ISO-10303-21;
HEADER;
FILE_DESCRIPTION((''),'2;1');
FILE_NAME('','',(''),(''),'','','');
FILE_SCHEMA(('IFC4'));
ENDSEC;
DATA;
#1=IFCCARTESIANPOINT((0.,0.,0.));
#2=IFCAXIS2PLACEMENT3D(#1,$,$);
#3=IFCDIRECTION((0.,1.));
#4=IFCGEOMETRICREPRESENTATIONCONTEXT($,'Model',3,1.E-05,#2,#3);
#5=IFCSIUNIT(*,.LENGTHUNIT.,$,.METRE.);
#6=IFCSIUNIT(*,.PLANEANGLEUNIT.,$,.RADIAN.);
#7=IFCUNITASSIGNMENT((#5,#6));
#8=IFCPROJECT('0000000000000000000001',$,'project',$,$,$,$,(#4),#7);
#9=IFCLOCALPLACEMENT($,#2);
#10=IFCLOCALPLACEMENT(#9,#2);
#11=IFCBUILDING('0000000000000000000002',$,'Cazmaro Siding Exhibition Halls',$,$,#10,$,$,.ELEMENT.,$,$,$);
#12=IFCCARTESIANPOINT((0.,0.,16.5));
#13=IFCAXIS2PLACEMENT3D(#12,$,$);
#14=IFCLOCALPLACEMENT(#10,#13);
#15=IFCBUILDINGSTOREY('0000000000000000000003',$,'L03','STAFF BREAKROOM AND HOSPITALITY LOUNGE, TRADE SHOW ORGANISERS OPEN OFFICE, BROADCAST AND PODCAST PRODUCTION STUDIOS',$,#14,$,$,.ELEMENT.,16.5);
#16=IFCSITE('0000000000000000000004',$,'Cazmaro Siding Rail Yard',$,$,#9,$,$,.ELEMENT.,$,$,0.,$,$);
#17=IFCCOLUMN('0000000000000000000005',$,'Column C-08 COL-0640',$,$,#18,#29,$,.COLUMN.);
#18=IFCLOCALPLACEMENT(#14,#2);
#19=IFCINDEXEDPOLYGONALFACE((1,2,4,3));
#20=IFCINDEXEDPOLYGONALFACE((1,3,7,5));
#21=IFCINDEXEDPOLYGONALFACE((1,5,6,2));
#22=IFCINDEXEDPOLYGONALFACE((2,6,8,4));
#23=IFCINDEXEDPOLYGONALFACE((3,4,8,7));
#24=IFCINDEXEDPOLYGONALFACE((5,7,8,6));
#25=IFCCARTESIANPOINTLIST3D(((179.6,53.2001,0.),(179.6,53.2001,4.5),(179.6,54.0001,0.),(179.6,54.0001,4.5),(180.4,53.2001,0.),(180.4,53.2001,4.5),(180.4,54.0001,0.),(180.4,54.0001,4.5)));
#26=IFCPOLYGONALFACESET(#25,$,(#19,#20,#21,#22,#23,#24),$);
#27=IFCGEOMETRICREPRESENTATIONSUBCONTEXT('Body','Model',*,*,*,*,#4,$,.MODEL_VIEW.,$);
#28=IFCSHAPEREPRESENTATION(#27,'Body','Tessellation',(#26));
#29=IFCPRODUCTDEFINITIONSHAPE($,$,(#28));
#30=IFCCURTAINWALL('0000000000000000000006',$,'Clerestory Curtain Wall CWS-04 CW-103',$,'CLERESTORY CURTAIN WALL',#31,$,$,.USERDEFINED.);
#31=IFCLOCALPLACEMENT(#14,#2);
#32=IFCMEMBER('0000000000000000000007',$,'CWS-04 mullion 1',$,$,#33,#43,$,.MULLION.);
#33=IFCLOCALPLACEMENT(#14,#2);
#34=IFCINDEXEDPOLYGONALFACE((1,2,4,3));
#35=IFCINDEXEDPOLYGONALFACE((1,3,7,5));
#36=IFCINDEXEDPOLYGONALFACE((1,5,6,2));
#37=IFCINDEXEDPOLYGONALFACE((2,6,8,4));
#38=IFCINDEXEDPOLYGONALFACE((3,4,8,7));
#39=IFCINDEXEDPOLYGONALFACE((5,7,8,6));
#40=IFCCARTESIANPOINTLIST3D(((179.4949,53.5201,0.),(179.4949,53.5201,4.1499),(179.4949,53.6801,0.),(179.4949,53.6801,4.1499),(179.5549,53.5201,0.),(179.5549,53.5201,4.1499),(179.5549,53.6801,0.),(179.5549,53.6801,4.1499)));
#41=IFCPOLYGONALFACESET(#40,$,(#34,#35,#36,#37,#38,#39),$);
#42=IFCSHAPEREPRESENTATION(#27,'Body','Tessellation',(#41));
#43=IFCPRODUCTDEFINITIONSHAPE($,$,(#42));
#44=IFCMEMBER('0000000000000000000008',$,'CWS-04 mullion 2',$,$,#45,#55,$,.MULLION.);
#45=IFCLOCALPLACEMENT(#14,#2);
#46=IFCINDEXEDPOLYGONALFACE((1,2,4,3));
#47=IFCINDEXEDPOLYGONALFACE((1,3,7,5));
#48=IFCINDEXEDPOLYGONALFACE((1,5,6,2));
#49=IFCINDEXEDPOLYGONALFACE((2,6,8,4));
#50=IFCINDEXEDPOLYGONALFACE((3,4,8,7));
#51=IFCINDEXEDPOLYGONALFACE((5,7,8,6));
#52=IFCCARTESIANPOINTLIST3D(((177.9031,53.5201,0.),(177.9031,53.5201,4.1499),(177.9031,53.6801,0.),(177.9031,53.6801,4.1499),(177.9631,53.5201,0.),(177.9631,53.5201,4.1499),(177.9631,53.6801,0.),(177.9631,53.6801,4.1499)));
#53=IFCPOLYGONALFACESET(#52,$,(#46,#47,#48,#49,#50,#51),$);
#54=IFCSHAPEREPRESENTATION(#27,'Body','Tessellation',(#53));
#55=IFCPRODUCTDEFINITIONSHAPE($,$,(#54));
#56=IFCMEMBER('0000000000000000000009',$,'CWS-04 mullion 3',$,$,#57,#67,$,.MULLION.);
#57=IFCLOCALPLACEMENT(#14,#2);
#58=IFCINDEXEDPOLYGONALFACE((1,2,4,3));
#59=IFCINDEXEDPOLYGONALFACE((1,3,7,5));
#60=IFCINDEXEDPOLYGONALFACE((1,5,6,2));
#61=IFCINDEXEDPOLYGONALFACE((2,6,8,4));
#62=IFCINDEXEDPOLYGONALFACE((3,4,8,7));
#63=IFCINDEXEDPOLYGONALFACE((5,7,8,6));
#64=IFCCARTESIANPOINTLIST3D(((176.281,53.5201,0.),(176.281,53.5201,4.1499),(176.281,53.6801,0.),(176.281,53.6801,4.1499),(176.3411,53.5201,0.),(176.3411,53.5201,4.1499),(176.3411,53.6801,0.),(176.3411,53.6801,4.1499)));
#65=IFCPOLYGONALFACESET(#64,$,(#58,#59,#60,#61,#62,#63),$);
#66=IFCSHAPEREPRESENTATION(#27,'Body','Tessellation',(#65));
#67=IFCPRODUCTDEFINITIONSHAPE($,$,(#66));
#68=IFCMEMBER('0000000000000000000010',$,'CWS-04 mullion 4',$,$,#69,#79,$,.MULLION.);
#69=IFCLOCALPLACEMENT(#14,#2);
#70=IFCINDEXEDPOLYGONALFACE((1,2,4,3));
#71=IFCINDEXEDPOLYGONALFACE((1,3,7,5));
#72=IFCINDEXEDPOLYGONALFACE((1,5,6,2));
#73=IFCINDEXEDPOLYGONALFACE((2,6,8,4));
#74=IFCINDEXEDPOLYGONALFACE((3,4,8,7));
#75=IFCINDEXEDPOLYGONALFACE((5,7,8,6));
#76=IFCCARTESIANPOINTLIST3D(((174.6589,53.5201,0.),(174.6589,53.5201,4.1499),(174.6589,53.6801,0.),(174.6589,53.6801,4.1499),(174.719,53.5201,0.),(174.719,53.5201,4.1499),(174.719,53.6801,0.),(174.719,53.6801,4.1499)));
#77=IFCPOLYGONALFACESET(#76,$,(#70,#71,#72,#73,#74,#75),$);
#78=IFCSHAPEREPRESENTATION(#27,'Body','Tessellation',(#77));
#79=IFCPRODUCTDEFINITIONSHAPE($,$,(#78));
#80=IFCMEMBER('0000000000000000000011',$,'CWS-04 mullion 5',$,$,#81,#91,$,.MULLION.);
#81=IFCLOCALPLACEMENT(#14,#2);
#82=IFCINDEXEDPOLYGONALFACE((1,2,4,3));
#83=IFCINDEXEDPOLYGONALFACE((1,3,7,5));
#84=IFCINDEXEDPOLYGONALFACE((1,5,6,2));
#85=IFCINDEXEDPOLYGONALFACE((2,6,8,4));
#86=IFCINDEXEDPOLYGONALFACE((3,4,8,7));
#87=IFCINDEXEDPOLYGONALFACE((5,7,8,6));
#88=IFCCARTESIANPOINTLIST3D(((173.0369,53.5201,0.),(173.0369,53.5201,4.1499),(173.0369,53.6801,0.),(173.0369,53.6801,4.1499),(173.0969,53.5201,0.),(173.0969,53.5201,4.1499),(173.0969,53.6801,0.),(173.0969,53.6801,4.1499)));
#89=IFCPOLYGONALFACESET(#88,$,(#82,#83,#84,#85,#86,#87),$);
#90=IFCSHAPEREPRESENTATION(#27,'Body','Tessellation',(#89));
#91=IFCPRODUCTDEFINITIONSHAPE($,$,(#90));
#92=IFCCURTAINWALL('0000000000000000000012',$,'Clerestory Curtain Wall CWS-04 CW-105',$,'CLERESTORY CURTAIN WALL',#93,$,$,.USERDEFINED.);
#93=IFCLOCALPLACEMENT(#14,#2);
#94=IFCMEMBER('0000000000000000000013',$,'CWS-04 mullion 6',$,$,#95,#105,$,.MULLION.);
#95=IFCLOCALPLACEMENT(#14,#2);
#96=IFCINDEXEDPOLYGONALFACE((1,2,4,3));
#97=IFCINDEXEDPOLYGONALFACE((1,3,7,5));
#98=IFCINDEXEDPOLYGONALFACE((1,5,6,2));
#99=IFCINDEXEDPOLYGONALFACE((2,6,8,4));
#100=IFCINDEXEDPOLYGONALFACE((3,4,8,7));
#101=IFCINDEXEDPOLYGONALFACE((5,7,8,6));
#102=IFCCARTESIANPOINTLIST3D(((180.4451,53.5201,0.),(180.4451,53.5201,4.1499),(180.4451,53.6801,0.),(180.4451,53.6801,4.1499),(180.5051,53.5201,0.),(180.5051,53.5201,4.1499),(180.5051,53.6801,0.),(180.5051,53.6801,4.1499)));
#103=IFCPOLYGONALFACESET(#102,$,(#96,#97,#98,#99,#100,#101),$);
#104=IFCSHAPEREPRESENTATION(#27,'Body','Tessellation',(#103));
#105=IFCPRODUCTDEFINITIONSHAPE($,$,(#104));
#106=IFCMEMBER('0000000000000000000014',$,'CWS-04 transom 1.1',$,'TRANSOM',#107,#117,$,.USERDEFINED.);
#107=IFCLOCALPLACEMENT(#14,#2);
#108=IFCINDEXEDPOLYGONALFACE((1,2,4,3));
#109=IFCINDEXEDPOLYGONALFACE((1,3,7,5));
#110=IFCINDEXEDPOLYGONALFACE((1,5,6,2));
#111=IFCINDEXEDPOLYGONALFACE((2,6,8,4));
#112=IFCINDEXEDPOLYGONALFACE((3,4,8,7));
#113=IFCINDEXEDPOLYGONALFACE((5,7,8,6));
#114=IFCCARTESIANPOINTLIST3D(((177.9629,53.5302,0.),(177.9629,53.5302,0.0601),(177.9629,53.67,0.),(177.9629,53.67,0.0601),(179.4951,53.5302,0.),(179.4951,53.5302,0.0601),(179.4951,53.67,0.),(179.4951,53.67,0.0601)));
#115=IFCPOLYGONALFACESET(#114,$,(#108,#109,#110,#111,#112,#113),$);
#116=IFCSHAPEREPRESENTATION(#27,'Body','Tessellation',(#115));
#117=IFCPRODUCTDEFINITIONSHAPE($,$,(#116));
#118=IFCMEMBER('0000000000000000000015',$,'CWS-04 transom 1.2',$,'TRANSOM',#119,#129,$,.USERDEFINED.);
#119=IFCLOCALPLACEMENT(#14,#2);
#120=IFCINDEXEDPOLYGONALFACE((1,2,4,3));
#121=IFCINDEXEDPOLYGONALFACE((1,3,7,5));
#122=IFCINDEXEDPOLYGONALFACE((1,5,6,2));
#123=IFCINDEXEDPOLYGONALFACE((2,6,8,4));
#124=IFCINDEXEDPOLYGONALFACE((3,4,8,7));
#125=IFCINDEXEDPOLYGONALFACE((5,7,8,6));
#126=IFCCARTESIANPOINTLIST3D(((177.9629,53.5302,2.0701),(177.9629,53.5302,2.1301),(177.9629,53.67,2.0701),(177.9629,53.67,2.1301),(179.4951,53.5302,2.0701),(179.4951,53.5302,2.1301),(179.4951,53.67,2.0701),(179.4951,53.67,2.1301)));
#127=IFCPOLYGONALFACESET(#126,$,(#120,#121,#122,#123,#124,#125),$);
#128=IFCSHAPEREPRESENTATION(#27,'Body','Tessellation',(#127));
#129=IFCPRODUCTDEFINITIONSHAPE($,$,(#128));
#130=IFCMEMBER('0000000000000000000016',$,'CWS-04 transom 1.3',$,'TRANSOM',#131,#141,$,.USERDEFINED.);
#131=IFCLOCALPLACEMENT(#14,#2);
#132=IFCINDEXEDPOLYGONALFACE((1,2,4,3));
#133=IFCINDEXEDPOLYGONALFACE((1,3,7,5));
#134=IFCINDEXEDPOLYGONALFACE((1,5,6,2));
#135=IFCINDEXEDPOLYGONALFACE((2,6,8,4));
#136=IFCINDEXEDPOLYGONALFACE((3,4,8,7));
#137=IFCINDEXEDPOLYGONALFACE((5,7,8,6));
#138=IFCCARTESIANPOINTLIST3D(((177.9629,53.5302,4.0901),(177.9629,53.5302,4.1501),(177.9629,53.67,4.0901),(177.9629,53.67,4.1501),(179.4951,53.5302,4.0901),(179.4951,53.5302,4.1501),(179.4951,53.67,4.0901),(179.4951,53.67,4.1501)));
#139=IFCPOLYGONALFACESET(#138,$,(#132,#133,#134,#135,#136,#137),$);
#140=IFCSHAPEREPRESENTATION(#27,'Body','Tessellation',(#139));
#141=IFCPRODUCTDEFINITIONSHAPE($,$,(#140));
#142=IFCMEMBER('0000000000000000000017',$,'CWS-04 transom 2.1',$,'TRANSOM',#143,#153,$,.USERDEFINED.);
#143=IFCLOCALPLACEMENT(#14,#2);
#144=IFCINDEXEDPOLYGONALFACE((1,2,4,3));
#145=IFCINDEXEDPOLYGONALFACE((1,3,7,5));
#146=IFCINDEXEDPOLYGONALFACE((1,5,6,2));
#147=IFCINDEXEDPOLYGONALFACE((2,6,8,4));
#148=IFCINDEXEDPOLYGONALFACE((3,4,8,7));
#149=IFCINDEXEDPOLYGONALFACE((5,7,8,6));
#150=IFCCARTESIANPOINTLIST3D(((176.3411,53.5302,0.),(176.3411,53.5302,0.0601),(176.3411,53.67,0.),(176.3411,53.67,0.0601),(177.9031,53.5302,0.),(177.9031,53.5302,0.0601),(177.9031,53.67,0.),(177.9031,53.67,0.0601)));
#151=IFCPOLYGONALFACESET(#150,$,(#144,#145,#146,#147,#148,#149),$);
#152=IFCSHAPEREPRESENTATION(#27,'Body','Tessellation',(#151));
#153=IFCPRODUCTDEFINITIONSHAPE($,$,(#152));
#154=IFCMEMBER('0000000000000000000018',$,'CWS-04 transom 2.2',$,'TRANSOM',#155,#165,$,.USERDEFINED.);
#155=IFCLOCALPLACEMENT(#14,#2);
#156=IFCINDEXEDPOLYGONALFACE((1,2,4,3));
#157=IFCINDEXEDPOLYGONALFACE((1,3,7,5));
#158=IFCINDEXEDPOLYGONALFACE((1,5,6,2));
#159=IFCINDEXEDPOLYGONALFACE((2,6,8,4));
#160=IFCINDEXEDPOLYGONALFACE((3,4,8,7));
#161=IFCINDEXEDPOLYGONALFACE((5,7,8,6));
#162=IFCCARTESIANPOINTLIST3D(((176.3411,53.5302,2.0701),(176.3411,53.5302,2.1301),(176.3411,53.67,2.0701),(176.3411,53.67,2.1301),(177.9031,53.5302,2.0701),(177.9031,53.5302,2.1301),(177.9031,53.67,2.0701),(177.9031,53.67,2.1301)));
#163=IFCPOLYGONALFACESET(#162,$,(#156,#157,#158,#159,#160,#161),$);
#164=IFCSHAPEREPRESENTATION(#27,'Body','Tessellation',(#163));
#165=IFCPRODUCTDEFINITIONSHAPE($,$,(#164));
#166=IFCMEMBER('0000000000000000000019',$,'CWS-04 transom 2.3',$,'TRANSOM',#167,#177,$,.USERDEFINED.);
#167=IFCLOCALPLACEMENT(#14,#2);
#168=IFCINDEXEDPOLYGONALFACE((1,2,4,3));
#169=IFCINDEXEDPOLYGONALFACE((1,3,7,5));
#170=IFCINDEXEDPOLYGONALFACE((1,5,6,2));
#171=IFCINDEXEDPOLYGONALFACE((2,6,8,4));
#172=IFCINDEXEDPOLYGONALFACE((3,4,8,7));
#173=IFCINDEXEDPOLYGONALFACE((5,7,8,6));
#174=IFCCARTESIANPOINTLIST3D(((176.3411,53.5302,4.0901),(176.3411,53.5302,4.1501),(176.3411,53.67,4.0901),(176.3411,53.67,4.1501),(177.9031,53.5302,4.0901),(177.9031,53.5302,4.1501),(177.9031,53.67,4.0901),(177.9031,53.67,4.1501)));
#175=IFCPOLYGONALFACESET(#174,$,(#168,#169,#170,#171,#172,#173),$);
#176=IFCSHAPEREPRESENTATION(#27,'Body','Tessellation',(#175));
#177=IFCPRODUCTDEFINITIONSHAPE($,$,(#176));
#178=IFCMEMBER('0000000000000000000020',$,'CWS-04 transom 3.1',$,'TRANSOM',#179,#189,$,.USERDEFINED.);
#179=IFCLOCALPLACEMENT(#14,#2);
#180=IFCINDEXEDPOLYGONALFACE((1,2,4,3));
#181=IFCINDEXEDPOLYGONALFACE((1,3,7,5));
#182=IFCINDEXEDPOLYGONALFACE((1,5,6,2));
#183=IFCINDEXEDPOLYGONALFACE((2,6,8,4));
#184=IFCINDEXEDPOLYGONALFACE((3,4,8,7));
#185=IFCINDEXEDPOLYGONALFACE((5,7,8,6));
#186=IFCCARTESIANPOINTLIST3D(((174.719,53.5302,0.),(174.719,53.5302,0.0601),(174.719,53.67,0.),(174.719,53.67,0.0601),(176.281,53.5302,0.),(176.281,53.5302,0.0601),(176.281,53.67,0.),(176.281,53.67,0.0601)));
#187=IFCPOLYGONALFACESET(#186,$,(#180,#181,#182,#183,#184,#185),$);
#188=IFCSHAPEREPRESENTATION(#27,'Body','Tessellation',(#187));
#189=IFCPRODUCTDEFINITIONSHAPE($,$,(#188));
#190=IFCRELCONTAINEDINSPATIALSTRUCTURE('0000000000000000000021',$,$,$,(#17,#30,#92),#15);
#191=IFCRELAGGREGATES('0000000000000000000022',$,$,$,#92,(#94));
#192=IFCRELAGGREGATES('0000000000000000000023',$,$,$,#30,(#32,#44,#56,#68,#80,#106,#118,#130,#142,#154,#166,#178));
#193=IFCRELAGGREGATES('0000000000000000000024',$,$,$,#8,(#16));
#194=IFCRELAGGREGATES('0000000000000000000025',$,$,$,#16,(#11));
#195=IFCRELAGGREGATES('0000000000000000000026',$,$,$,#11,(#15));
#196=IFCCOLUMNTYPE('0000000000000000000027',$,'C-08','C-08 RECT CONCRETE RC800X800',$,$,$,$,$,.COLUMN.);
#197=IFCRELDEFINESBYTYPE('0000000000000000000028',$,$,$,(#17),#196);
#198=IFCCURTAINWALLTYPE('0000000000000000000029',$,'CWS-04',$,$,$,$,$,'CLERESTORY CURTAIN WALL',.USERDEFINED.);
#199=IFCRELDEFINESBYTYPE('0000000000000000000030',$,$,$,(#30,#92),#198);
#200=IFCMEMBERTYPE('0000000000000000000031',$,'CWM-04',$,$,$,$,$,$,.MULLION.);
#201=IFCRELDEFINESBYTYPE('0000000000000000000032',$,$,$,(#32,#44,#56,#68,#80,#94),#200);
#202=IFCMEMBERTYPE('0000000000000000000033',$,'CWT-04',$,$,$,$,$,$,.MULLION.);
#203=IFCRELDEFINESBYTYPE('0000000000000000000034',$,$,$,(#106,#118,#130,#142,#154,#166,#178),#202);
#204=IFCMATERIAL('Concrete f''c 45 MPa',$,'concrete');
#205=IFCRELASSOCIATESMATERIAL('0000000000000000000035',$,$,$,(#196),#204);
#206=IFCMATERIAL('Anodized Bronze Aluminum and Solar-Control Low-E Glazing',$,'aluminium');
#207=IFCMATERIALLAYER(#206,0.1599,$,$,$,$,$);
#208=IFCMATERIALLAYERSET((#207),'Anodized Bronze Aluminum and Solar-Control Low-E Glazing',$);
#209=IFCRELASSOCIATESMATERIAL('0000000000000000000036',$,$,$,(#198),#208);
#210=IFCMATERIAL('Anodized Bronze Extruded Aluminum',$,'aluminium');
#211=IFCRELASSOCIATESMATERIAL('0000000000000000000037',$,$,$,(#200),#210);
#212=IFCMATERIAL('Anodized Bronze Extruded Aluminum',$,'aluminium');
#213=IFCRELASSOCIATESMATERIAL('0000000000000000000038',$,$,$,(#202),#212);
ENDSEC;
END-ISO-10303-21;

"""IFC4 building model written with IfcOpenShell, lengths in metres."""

from ifc_helpers import new_model, si_unit, direction, frame, origin, origin_2d, place, context, subcontext, project, spatial, rectangle, extrude, material, layer, layer_set, material_profile, profile_set, type_object, element, aggregate, save


model = new_model("IFC4")

# Units and contexts
model_context = context("Model", 3, precision=1e-05, world=origin(), true_north=direction((0.0, 1.0)))
body_context = subcontext(model_context, "Body", "Model", "MODEL_VIEW")
ifc_project = project(units=[si_unit("LENGTHUNIT", "METRE"), si_unit("PLANEANGLEUNIT", "RADIAN")], contexts=[model_context])

# Site, building, storey
site_placement = place(None, origin())
site = spatial("IfcSite", under=ifc_project, at=site_placement, Name="Cazmaro Siding Rail Yard", CompositionType="ELEMENT", RefElevation=0.0)
building_placement = place(site_placement, origin())
building = spatial("IfcBuilding", under=site, at=building_placement, Name="Cazmaro Siding Exhibition Halls", CompositionType="ELEMENT")
storey_placement = place(building_placement, frame((0.0, 0.0, 16.5)))
storey = spatial("IfcBuildingStorey", under=building, at=storey_placement, Name="L03", Description="STAFF BREAKROOM AND HOSPITALITY LOUNGE, TRADE SHOW ORGANISERS OPEN OFFICE, BROADCAST AND PODCAST PRODUCTION STUDIOS", CompositionType="ELEMENT", Elevation=16.5)

# Column
ifc_material_1 = material(Name="Concrete f'c 45 MPa", Category="concrete")
ifc_material_profile_1 = material_profile(ifc_material_1, rectangle(XDim=0.8, YDim=0.8, at=origin_2d()), Name="RC800X800")
ifc_profile_set_1 = profile_set([ifc_material_profile_1], Name="Concrete f'c 45 MPa")
column_type = type_object("IfcColumnType", Name="C-08", Description="C-08 RECT CONCRETE RC800X800", PredefinedType="COLUMN", material=ifc_profile_set_1)
column_placement = place(storey_placement, frame((180.0, 53.6001, 0.0), z_axis=(0.0, 0.0, 1.0), x_axis=(1.0, 0.0, 0.0)))
element("IfcColumn", 1, at=column_placement, inside=storey, type_object=column_type, Name="Column C-08 COL-0640", PredefinedType="COLUMN", context=body_context, shape_type="SweptSolid", body=[
    extrude(rectangle(XDim=0.8, YDim=0.8, at=origin_2d()), origin(), (0.0, 0.0, 1.0), 4.5),
])

# Curtain wall, members
ifc_material_2 = material(Name="Anodized Bronze Aluminum and Solar-Control Low-E Glazing", Category="aluminium")
ifc_layer_1 = layer(ifc_material_2, 0.1599)
ifc_layer_set_1 = layer_set([ifc_layer_1], Name="Anodized Bronze Aluminum and Solar-Control Low-E Glazing")
curtain_wall_type = type_object("IfcCurtainWallType", Name="CWS-04", ElementType="CLERESTORY CURTAIN WALL", PredefinedType="USERDEFINED", material=ifc_layer_set_1)
curtain_wall_1_placement = place(storey_placement, origin())
curtain_wall_1 = element("IfcCurtainWall", 2, at=curtain_wall_1_placement, inside=storey, type_object=curtain_wall_type, Name="Clerestory Curtain Wall CWS-04 CW-103", ObjectType="CLERESTORY CURTAIN WALL", PredefinedType="USERDEFINED")
ifc_material_3 = material(Name="Anodized Bronze Extruded Aluminum", Category="aluminium")
ifc_material_profile_2 = material_profile(ifc_material_3, rectangle(XDim=0.1599, YDim=0.0601, at=origin_2d()), Name="CWM-04")
ifc_profile_set_2 = profile_set([ifc_material_profile_2], Name="Anodized Bronze Extruded Aluminum")
member_type_1 = type_object("IfcMemberType", Name="CWM-04", PredefinedType="MULLION", material=ifc_profile_set_2)
member_1_placement = place(storey_placement, frame((179.5249, 53.6001, 0.0), z_axis=(0.0, 0.0, 1.0), x_axis=(0.0, -1.0, 0.0)))
member_1 = element("IfcMember", 3, at=member_1_placement, type_object=member_type_1, Name="CWS-04 mullion 1", PredefinedType="MULLION", context=body_context, shape_type="SweptSolid", body=[
    extrude(rectangle(XDim=0.1599, YDim=0.0601, at=origin_2d()), origin(), (0.0, 0.0, 1.0), 4.1499),
])
member_2_placement = place(storey_placement, frame((177.9331, 53.6001, 0.0), z_axis=(0.0, 0.0, 1.0), x_axis=(0.0, -1.0, 0.0)))
member_2 = element("IfcMember", 4, at=member_2_placement, type_object=member_type_1, Name="CWS-04 mullion 2", PredefinedType="MULLION", context=body_context, shape_type="SweptSolid", body=[
    extrude(rectangle(XDim=0.1599, YDim=0.0601, at=origin_2d()), origin(), (0.0, 0.0, 1.0), 4.1499),
])
member_3_placement = place(storey_placement, frame((176.311, 53.6001, 0.0), z_axis=(0.0, 0.0, 1.0), x_axis=(0.0, -1.0, 0.0)))
member_3 = element("IfcMember", 5, at=member_3_placement, type_object=member_type_1, Name="CWS-04 mullion 3", PredefinedType="MULLION", context=body_context, shape_type="SweptSolid", body=[
    extrude(rectangle(XDim=0.1599, YDim=0.0601, at=origin_2d()), origin(), (0.0, 0.0, 1.0), 4.1499),
])
member_4_placement = place(storey_placement, frame((174.689, 53.6001, 0.0), z_axis=(0.0, 0.0, 1.0), x_axis=(0.0, -1.0, 0.0)))
member_4 = element("IfcMember", 6, at=member_4_placement, type_object=member_type_1, Name="CWS-04 mullion 4", PredefinedType="MULLION", context=body_context, shape_type="SweptSolid", body=[
    extrude(rectangle(XDim=0.1599, YDim=0.0601, at=origin_2d()), origin(), (0.0, 0.0, 1.0), 4.1499),
])
member_5_placement = place(storey_placement, frame((173.0669, 53.6001, 0.0), z_axis=(0.0, 0.0, 1.0), x_axis=(0.0, -1.0, 0.0)))
member_5 = element("IfcMember", 7, at=member_5_placement, type_object=member_type_1, Name="CWS-04 mullion 5", PredefinedType="MULLION", context=body_context, shape_type="SweptSolid", body=[
    extrude(rectangle(XDim=0.1599, YDim=0.0601, at=origin_2d()), origin(), (0.0, 0.0, 1.0), 4.1499),
])

# Curtain wall, member
curtain_wall_2_placement = place(storey_placement, origin())
curtain_wall_2 = element("IfcCurtainWall", 8, at=curtain_wall_2_placement, inside=storey, type_object=curtain_wall_type, Name="Clerestory Curtain Wall CWS-04 CW-105", ObjectType="CLERESTORY CURTAIN WALL", PredefinedType="USERDEFINED")
member_6_placement = place(storey_placement, frame((180.4751, 53.6001, 0.0), z_axis=(0.0, 0.0, 1.0), x_axis=(0.0, -1.0, 0.0)))
member_6 = element("IfcMember", 9, at=member_6_placement, type_object=member_type_1, Name="CWS-04 mullion 6", PredefinedType="MULLION", context=body_context, shape_type="SweptSolid", body=[
    extrude(rectangle(XDim=0.1599, YDim=0.0601, at=origin_2d()), origin(), (0.0, 0.0, 1.0), 4.1499),
])
aggregate(curtain_wall_2, [member_6])

# Members
ifc_material_4 = material(Name="Anodized Bronze Extruded Aluminum", Category="aluminium")
ifc_material_profile_3 = material_profile(ifc_material_4, rectangle(XDim=0.1399, YDim=0.0601, at=origin_2d()), Name="CWT-04")
ifc_profile_set_3 = profile_set([ifc_material_profile_3], Name="Anodized Bronze Extruded Aluminum")
member_type_2 = type_object("IfcMemberType", Name="CWT-04", PredefinedType="MULLION", material=ifc_profile_set_3)
member_7_placement = place(storey_placement, frame((179.4951, 53.6001, 0.03), z_axis=(-1.0, 0.0, 0.0), x_axis=(0.0, -1.0, 0.0)))
member_7 = element("IfcMember", 10, at=member_7_placement, type_object=member_type_2, Name="CWS-04 transom 1.1", ObjectType="TRANSOM", PredefinedType="USERDEFINED", context=body_context, shape_type="SweptSolid", body=[
    extrude(rectangle(XDim=0.1399, YDim=0.0601, at=origin_2d()), origin(), (0.0, 0.0, 1.0), 1.5322),
])
member_8_placement = place(storey_placement, frame((179.4951, 53.6001, 2.1001), z_axis=(-1.0, 0.0, 0.0), x_axis=(0.0, -1.0, 0.0)))
member_8 = element("IfcMember", 11, at=member_8_placement, type_object=member_type_2, Name="CWS-04 transom 1.2", ObjectType="TRANSOM", PredefinedType="USERDEFINED", context=body_context, shape_type="SweptSolid", body=[
    extrude(rectangle(XDim=0.1399, YDim=0.0601, at=origin_2d()), origin(), (0.0, 0.0, 1.0), 1.5322),
])
member_9_placement = place(storey_placement, frame((179.4951, 53.6001, 4.1201), z_axis=(-1.0, 0.0, 0.0), x_axis=(0.0, -1.0, 0.0)))
member_9 = element("IfcMember", 12, at=member_9_placement, type_object=member_type_2, Name="CWS-04 transom 1.3", ObjectType="TRANSOM", PredefinedType="USERDEFINED", context=body_context, shape_type="SweptSolid", body=[
    extrude(rectangle(XDim=0.1399, YDim=0.0601, at=origin_2d()), origin(), (0.0, 0.0, 1.0), 1.5322),
])
member_10_placement = place(storey_placement, frame((177.9031, 53.6001, 0.03), z_axis=(-1.0, 0.0, 0.0), x_axis=(0.0, -1.0, 0.0)))
member_10 = element("IfcMember", 13, at=member_10_placement, type_object=member_type_2, Name="CWS-04 transom 2.1", ObjectType="TRANSOM", PredefinedType="USERDEFINED", context=body_context, shape_type="SweptSolid", body=[
    extrude(rectangle(XDim=0.1399, YDim=0.0601, at=origin_2d()), origin(), (0.0, 0.0, 1.0), 1.562),
])
member_11_placement = place(storey_placement, frame((177.9031, 53.6001, 2.1001), z_axis=(-1.0, 0.0, 0.0), x_axis=(0.0, -1.0, 0.0)))
member_11 = element("IfcMember", 14, at=member_11_placement, type_object=member_type_2, Name="CWS-04 transom 2.2", ObjectType="TRANSOM", PredefinedType="USERDEFINED", context=body_context, shape_type="SweptSolid", body=[
    extrude(rectangle(XDim=0.1399, YDim=0.0601, at=origin_2d()), origin(), (0.0, 0.0, 1.0), 1.562),
])
member_12_placement = place(storey_placement, frame((177.9031, 53.6001, 4.1201), z_axis=(-1.0, 0.0, 0.0), x_axis=(0.0, -1.0, 0.0)))
member_12 = element("IfcMember", 15, at=member_12_placement, type_object=member_type_2, Name="CWS-04 transom 2.3", ObjectType="TRANSOM", PredefinedType="USERDEFINED", context=body_context, shape_type="SweptSolid", body=[
    extrude(rectangle(XDim=0.1399, YDim=0.0601, at=origin_2d()), origin(), (0.0, 0.0, 1.0), 1.562),
])
member_13_placement = place(storey_placement, frame((176.281, 53.6001, 0.03), z_axis=(-1.0, 0.0, 0.0), x_axis=(0.0, -1.0, 0.0)))
member_13 = element("IfcMember", 16, at=member_13_placement, type_object=member_type_2, Name="CWS-04 transom 3.1", ObjectType="TRANSOM", PredefinedType="USERDEFINED", context=body_context, shape_type="SweptSolid", body=[
    extrude(rectangle(XDim=0.1399, YDim=0.0601, at=origin_2d()), origin(), (0.0, 0.0, 1.0), 1.562),
])

aggregate(curtain_wall_1, [member_1, member_2, member_3, member_4, member_5, member_7, member_8, member_9, member_10, member_11, member_12, member_13])

save(model, "model.ifc")
